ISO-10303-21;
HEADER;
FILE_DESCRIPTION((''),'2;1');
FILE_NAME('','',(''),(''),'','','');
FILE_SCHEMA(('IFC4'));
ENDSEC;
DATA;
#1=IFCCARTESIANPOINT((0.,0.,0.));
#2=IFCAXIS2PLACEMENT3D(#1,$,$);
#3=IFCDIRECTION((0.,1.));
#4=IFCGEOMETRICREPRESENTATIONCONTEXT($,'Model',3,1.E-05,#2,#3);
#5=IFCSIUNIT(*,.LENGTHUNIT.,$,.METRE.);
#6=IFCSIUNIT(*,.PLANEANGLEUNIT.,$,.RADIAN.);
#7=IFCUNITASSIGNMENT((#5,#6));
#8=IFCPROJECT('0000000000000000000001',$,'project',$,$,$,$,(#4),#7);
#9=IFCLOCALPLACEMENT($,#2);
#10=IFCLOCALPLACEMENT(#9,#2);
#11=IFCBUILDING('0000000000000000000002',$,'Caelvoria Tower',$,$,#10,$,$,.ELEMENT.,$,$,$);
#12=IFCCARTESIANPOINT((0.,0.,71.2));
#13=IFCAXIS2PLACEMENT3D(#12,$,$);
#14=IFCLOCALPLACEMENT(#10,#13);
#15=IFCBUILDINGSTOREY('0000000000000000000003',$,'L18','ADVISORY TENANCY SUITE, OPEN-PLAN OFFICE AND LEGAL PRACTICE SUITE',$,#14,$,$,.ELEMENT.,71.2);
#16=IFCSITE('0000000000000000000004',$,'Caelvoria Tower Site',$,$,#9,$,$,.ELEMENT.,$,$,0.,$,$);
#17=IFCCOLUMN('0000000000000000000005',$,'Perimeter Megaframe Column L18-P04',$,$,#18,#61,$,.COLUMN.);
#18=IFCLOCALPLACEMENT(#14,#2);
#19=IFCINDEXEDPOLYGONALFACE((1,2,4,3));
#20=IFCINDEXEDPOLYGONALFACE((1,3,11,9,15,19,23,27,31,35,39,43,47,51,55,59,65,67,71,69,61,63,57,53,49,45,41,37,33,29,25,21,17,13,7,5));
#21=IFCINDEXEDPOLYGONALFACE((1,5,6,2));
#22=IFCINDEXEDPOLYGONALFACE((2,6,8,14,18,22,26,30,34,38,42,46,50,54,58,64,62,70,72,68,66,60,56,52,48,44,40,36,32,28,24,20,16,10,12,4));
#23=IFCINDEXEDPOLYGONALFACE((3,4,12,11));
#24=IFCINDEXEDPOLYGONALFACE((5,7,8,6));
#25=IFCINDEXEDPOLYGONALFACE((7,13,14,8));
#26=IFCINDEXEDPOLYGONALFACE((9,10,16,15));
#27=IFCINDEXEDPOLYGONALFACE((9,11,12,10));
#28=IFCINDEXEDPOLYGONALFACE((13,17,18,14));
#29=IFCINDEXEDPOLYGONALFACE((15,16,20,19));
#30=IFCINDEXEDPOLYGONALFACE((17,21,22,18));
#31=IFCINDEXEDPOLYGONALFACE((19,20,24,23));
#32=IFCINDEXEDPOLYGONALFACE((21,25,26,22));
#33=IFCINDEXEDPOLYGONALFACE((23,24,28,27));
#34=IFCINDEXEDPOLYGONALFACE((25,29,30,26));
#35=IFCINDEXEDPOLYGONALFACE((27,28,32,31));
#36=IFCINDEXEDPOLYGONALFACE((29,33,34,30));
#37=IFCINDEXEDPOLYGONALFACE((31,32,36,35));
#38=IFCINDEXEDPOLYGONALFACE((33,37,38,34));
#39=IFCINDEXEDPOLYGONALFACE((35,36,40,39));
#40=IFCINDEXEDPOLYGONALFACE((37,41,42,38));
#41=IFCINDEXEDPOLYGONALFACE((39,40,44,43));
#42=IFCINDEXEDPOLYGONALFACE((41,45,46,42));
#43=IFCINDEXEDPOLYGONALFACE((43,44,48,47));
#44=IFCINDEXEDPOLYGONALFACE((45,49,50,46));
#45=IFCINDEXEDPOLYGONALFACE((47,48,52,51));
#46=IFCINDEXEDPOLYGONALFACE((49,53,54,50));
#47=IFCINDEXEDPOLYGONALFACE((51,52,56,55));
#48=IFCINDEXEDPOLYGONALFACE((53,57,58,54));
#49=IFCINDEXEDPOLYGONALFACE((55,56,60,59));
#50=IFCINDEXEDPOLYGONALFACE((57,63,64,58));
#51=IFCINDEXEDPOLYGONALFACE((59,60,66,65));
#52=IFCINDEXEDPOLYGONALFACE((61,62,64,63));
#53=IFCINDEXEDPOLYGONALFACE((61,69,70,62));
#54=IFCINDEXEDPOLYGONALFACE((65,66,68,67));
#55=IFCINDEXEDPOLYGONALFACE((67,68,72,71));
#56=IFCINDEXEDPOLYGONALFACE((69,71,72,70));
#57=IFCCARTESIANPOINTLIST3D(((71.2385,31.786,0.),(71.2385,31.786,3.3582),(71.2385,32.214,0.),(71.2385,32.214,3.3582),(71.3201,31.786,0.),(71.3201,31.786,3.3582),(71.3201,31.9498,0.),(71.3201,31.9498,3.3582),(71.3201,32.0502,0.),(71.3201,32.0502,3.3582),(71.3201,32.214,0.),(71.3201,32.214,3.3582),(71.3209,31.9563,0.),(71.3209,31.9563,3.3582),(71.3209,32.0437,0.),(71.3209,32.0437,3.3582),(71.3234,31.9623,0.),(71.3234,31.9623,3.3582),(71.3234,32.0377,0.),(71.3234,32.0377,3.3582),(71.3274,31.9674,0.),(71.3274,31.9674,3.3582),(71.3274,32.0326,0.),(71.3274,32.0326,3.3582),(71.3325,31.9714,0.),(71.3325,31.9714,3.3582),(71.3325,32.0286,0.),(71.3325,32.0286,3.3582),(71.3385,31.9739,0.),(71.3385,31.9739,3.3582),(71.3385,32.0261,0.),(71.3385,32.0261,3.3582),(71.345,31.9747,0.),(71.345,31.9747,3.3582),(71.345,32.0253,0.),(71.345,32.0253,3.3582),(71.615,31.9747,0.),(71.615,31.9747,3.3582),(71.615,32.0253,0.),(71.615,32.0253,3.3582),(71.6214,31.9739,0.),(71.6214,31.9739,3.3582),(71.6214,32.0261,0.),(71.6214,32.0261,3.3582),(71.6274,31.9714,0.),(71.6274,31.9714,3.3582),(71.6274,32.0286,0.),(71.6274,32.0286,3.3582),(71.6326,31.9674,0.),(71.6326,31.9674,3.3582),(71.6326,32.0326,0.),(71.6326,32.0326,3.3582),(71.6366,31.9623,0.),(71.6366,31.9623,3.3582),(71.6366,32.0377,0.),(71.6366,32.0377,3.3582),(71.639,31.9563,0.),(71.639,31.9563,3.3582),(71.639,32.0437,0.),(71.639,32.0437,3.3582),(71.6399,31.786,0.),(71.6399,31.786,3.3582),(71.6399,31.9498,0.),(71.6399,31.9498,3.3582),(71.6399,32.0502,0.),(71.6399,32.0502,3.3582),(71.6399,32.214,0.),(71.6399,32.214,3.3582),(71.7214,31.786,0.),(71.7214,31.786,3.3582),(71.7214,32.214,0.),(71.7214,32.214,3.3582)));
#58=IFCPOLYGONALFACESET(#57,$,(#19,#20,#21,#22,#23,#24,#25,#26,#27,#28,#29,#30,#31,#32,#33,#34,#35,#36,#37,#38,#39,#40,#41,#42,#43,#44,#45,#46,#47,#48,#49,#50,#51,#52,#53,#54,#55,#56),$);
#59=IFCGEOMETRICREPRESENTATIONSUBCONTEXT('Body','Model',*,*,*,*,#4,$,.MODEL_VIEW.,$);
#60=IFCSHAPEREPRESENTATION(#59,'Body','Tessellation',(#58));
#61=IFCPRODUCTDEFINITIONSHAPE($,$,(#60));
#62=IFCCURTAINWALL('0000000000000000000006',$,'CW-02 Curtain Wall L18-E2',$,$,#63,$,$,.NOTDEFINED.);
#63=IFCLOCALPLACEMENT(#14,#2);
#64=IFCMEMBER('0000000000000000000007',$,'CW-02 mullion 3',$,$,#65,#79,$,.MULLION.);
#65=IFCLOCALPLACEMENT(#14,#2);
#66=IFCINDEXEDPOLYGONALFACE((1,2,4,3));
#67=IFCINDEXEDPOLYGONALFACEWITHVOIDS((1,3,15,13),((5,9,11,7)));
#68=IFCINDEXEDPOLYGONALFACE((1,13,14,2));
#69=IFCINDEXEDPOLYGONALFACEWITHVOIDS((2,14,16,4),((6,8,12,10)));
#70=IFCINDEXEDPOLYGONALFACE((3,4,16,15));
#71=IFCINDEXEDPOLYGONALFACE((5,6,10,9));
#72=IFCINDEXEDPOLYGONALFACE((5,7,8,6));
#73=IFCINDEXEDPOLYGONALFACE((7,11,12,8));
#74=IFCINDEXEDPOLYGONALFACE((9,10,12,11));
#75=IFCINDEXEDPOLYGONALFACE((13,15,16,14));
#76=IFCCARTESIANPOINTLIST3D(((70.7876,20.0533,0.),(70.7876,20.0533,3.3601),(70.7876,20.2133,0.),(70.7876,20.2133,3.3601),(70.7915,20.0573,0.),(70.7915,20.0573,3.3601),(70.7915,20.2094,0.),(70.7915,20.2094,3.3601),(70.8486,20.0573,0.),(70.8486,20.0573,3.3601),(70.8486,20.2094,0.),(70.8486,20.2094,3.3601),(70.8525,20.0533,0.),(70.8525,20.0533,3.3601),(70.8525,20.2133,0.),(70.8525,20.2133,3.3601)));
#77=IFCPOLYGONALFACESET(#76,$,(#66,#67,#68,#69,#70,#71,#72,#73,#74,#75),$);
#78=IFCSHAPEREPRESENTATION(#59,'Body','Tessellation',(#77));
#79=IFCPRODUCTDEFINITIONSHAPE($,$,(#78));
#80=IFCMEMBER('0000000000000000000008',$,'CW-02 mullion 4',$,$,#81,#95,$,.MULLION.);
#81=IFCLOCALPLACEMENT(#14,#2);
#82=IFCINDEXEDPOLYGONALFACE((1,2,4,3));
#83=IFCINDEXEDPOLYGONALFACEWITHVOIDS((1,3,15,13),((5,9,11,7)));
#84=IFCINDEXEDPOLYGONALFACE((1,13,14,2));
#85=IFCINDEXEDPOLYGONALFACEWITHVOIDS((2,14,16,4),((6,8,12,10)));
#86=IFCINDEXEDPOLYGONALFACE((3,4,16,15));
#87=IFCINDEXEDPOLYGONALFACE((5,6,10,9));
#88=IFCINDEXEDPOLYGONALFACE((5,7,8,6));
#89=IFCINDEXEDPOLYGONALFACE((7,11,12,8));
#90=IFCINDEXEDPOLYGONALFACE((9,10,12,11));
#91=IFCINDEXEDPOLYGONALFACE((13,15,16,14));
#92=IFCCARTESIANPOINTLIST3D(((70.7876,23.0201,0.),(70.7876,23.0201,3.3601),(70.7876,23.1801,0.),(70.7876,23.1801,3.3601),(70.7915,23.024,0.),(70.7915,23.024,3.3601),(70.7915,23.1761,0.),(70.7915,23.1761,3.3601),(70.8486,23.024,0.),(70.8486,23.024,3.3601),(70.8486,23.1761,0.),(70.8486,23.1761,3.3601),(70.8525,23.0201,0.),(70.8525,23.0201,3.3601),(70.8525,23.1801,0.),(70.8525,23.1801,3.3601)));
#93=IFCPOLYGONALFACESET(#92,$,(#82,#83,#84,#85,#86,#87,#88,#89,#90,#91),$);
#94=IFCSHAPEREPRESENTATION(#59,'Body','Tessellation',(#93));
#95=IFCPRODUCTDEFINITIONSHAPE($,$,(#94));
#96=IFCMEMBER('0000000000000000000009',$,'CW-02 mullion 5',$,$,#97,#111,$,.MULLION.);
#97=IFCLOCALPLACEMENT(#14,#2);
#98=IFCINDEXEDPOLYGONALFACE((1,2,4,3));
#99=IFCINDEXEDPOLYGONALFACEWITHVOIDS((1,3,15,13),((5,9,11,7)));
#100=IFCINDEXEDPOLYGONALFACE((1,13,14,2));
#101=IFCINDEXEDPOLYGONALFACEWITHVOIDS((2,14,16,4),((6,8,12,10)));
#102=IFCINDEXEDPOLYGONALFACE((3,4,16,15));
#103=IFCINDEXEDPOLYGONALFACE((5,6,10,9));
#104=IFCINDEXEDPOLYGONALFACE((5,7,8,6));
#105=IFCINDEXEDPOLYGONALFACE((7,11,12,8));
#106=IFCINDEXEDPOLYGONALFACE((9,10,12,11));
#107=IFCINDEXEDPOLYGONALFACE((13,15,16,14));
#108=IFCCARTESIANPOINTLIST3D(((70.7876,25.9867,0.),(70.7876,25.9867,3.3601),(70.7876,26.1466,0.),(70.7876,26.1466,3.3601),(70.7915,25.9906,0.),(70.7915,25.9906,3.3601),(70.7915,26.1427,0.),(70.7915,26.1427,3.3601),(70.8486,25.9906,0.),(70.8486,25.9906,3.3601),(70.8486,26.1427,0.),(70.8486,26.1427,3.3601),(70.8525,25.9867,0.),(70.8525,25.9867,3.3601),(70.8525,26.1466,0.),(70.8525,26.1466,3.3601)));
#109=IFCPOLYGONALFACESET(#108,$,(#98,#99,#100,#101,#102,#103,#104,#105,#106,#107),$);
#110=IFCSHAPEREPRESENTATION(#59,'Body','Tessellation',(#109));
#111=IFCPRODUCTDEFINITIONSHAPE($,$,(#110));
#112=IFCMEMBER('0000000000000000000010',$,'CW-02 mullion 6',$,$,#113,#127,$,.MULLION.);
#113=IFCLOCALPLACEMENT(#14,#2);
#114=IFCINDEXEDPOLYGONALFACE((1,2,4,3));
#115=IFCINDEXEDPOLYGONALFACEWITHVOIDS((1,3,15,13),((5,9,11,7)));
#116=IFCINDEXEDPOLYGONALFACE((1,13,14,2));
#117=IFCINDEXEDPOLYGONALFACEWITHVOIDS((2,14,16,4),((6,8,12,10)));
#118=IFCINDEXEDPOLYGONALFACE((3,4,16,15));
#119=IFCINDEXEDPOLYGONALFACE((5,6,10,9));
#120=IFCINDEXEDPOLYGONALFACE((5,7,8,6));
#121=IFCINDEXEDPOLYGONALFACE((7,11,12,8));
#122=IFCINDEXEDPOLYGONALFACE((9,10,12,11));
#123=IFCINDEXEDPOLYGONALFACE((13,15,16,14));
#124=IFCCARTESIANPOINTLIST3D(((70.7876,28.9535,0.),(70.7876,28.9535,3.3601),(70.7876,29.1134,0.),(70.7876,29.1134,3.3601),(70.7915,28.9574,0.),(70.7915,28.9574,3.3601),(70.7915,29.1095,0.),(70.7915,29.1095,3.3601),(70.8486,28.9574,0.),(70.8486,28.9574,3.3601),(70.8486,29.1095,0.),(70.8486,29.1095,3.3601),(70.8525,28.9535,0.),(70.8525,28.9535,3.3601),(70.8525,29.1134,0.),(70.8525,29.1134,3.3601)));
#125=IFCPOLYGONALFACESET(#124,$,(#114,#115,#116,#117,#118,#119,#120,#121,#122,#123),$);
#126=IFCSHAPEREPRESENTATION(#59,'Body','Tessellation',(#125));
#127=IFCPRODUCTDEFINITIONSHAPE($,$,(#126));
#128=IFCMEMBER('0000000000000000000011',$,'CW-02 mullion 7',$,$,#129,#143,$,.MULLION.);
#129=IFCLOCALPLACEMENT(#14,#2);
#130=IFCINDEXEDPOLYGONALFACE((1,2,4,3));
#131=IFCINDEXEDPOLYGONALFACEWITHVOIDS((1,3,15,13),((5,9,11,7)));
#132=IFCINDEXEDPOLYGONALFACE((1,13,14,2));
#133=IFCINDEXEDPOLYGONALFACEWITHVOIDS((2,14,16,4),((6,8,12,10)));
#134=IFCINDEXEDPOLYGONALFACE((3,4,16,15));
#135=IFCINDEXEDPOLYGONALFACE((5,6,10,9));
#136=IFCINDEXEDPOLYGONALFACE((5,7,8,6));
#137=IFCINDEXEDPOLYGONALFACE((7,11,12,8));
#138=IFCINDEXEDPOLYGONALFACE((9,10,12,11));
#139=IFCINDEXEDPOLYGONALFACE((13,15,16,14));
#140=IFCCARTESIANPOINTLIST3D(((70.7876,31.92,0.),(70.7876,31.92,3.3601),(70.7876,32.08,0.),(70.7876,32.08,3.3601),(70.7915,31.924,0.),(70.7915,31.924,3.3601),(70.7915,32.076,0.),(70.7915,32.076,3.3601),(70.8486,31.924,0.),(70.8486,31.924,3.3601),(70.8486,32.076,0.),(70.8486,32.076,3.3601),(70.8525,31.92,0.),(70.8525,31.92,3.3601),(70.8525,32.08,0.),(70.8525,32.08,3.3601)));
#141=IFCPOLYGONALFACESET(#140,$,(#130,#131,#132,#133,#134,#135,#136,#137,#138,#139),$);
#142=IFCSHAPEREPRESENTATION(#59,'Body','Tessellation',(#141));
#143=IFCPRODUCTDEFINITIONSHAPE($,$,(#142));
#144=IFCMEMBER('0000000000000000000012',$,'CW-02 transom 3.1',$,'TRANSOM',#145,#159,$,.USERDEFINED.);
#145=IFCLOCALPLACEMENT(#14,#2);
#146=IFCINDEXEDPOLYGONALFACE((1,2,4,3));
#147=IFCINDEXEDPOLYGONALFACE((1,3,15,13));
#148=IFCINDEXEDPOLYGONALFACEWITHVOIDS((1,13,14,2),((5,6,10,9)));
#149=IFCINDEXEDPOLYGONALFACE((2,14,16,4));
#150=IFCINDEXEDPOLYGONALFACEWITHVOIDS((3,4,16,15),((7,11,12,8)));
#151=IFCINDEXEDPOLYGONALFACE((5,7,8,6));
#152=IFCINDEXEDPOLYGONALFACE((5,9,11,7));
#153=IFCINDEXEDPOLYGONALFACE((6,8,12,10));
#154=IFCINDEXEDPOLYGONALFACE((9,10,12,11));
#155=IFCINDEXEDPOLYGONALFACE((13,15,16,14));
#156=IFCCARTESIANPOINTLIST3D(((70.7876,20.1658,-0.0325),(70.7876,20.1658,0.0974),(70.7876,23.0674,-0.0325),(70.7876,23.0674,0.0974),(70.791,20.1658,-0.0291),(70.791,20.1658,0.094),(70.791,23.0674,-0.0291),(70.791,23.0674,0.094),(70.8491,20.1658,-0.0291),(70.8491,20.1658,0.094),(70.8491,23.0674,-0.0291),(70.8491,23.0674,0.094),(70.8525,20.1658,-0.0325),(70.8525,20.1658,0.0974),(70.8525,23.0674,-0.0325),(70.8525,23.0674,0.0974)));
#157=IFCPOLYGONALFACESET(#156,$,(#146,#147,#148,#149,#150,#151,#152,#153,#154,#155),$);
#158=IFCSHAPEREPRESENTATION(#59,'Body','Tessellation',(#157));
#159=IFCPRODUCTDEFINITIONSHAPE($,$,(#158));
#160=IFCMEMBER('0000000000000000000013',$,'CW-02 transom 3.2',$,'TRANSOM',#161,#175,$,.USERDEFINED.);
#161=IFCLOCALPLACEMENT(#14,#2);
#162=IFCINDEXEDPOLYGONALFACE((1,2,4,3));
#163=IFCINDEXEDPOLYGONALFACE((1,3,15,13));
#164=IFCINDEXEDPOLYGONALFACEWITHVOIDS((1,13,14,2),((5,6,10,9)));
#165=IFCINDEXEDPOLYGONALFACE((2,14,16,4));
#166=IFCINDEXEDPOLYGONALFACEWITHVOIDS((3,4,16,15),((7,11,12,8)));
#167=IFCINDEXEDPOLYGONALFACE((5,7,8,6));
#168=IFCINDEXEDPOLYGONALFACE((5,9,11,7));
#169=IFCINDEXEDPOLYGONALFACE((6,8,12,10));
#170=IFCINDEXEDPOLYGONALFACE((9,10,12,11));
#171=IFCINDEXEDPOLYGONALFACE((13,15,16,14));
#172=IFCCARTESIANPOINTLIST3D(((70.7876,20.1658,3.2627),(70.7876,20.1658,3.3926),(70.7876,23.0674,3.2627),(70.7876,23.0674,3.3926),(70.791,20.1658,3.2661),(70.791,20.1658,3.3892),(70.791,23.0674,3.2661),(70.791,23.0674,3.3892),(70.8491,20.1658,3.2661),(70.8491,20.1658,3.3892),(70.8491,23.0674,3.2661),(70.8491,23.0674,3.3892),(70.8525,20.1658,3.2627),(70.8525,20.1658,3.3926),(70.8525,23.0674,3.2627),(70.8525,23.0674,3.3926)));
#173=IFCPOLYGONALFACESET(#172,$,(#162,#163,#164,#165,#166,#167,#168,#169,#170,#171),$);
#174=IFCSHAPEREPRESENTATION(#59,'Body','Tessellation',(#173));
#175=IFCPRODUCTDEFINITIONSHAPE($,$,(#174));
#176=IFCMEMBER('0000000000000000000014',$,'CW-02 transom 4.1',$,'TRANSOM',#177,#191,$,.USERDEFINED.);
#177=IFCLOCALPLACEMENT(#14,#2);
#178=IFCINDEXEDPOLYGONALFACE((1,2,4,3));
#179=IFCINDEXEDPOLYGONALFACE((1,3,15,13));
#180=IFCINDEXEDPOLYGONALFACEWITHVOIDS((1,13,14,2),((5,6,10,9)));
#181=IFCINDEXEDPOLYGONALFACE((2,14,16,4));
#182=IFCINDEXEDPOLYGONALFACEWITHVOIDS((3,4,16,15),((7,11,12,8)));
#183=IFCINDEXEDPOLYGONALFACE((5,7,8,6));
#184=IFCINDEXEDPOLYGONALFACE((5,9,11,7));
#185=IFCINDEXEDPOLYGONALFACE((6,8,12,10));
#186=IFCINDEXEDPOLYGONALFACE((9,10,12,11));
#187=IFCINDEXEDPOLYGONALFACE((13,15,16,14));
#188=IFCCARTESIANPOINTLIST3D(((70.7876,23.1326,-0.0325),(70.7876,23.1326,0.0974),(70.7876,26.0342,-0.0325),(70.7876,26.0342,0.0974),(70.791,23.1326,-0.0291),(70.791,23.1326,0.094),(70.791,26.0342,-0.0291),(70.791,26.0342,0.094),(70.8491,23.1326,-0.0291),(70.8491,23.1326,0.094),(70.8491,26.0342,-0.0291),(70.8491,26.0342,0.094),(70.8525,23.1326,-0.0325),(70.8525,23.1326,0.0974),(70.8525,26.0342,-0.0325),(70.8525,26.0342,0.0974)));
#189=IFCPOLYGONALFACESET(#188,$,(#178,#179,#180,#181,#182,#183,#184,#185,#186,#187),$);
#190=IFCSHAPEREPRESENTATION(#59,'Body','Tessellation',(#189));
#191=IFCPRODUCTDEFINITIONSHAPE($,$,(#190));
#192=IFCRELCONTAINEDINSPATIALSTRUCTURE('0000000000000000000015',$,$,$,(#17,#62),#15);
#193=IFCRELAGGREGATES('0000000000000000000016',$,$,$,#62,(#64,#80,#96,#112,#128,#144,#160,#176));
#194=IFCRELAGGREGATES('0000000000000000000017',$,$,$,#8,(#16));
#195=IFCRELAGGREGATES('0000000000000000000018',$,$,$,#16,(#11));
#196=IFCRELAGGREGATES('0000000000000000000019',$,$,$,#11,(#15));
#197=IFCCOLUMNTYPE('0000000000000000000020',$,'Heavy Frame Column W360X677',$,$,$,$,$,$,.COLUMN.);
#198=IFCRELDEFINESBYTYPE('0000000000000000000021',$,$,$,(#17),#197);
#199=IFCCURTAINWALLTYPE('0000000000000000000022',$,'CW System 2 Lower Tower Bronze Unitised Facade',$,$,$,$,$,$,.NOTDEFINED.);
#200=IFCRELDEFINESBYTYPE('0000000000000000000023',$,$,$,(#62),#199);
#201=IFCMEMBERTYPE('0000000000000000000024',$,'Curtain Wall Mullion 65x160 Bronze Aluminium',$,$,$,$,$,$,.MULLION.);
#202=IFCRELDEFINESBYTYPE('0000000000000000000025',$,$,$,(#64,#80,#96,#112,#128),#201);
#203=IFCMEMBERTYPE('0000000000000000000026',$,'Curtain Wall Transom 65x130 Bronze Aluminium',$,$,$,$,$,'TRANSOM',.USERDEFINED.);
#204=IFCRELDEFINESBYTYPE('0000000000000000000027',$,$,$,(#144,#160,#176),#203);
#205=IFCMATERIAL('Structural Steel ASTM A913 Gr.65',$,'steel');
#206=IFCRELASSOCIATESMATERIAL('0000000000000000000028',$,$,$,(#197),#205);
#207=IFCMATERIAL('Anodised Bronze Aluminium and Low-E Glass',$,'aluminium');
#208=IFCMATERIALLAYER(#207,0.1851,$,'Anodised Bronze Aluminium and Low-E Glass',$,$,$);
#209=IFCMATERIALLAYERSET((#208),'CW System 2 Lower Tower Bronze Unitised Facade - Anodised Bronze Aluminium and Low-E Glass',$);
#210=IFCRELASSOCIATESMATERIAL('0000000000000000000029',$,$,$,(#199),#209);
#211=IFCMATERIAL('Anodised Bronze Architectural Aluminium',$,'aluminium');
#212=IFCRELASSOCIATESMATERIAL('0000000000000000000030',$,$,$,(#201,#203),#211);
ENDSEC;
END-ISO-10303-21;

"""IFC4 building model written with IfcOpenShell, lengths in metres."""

from ifc_helpers import new_model, si_unit, direction, frame, origin, origin_2d, place, context, subcontext, project, spatial, hollow_rectangle, i_section, extrude, material, layer, layer_set, material_profile, profile_set, type_object, element, aggregate, save


model = new_model("IFC4")

# Units and contexts
model_context = context("Model", 3, precision=1e-05, world=origin(), true_north=direction((0.0, 1.0)))
body_context = subcontext(model_context, "Body", "Model", "MODEL_VIEW")
ifc_project = project(units=[si_unit("LENGTHUNIT", "METRE"), si_unit("PLANEANGLEUNIT", "RADIAN")], contexts=[model_context])

# Site, building, storey
site_placement = place(None, origin())
site = spatial("IfcSite", under=ifc_project, at=site_placement, Name="Caelvoria Tower Site", CompositionType="ELEMENT", RefElevation=0.0)
building_placement = place(site_placement, origin())
building = spatial("IfcBuilding", under=site, at=building_placement, Name="Caelvoria Tower", CompositionType="ELEMENT")
storey_placement = place(building_placement, frame((0.0, 0.0, 71.2)))
storey = spatial("IfcBuildingStorey", under=building, at=storey_placement, Name="L18", Description="ADVISORY TENANCY SUITE, OPEN-PLAN OFFICE AND LEGAL PRACTICE SUITE", CompositionType="ELEMENT", Elevation=71.2)

# Column
ifc_material_1 = material(Name="Structural Steel ASTM A913 Gr.65", Category="steel")
ifc_material_profile_1 = material_profile(ifc_material_1, i_section(OverallWidth=0.428, OverallDepth=0.4829, WebThickness=0.0505, FlangeThickness=0.0815, FilletRadius=0.0249, at=origin_2d()), Name="Structural Steel ASTM A913 Gr.65")
ifc_profile_set_1 = profile_set([ifc_material_profile_1], Name="W360X677 - Structural Steel ASTM A913 Gr.65")
column_type = type_object("IfcColumnType", Name="Heavy Frame Column W360X677", PredefinedType="COLUMN", material=ifc_profile_set_1)
column_placement = place(storey_placement, frame((71.48, 32.0, 0.0), z_axis=(0.0, 0.0, 1.0), x_axis=(0.0, 1.0, 0.0)))
element("IfcColumn", 1, at=column_placement, inside=storey, type_object=column_type, Name="Perimeter Megaframe Column L18-P04", PredefinedType="COLUMN", context=body_context, shape_type="SweptSolid", body=[
    extrude(i_section(OverallWidth=0.428, OverallDepth=0.4829, WebThickness=0.0505, FlangeThickness=0.0815, FilletRadius=0.0249, at=origin_2d()), origin(), (0.0, 0.0, 1.0), 3.3582),
])

# Curtain wall, members
ifc_material_2 = material(Name="Anodised Bronze Aluminium and Low-E Glass", Category="aluminium")
ifc_layer_1 = layer(ifc_material_2, 0.1851, Name="Anodised Bronze Aluminium and Low-E Glass")
ifc_layer_set_1 = layer_set([ifc_layer_1], Name="CW System 2 Lower Tower Bronze Unitised Facade - Anodised Bronze Aluminium and Low-E Glass")
curtain_wall_type = type_object("IfcCurtainWallType", Name="CW System 2 Lower Tower Bronze Unitised Facade", PredefinedType="NOTDEFINED", material=ifc_layer_set_1)
curtain_wall_placement = place(storey_placement, origin())
curtain_wall = element("IfcCurtainWall", 2, at=curtain_wall_placement, inside=storey, type_object=curtain_wall_type, Name="CW-02 Curtain Wall L18-E2", PredefinedType="NOTDEFINED")
ifc_material_3 = material(Name="Anodised Bronze Architectural Aluminium", Category="aluminium")
ifc_material_profile_2 = material_profile(ifc_material_3, hollow_rectangle(XDim=0.0649, YDim=0.1599, WallThickness=0.0039, at=origin_2d()), Name="Anodised Bronze Architectural Aluminium")
ifc_profile_set_2 = profile_set([ifc_material_profile_2], Name="CW_MULL_65X160 - Anodised Bronze Architectural Aluminium")
member_type_1 = type_object("IfcMemberType", Name="Curtain Wall Mullion 65x160 Bronze Aluminium", PredefinedType="MULLION", material=ifc_profile_set_2)
member_1_placement = place(storey_placement, frame((70.8201, 20.1333, 0.0), z_axis=(0.0, 0.0, 1.0), x_axis=(-1.0, 0.0, 0.0)))
member_1 = element("IfcMember", 3, at=member_1_placement, type_object=member_type_1, Name="CW-02 mullion 3", PredefinedType="MULLION", context=body_context, shape_type="SweptSolid", body=[
    extrude(hollow_rectangle(XDim=0.0649, YDim=0.1599, WallThickness=0.0039, at=origin_2d()), origin(), (0.0, 0.0, 1.0), 3.3601),
])
member_2_placement = place(storey_placement, frame((70.8201, 23.1001, 0.0), z_axis=(0.0, 0.0, 1.0), x_axis=(-1.0, 0.0, 0.0)))
member_2 = element("IfcMember", 4, at=member_2_placement, type_object=member_type_1, Name="CW-02 mullion 4", PredefinedType="MULLION", context=body_context, shape_type="SweptSolid", body=[
    extrude(hollow_rectangle(XDim=0.0649, YDim=0.1599, WallThickness=0.0039, at=origin_2d()), origin(), (0.0, 0.0, 1.0), 3.3601),
])
member_3_placement = place(storey_placement, frame((70.8201, 26.0667, 0.0), z_axis=(0.0, 0.0, 1.0), x_axis=(-1.0, 0.0, 0.0)))
member_3 = element("IfcMember", 5, at=member_3_placement, type_object=member_type_1, Name="CW-02 mullion 5", PredefinedType="MULLION", context=body_context, shape_type="SweptSolid", body=[
    extrude(hollow_rectangle(XDim=0.0649, YDim=0.1599, WallThickness=0.0039, at=origin_2d()), origin(), (0.0, 0.0, 1.0), 3.3601),
])
member_4_placement = place(storey_placement, frame((70.8201, 29.0334, 0.0), z_axis=(0.0, 0.0, 1.0), x_axis=(-1.0, 0.0, 0.0)))
member_4 = element("IfcMember", 6, at=member_4_placement, type_object=member_type_1, Name="CW-02 mullion 6", PredefinedType="MULLION", context=body_context, shape_type="SweptSolid", body=[
    extrude(hollow_rectangle(XDim=0.0649, YDim=0.1599, WallThickness=0.0039, at=origin_2d()), origin(), (0.0, 0.0, 1.0), 3.3601),
])
member_5_placement = place(storey_placement, frame((70.8201, 32.0, 0.0), z_axis=(0.0, 0.0, 1.0), x_axis=(-1.0, 0.0, 0.0)))
member_5 = element("IfcMember", 7, at=member_5_placement, type_object=member_type_1, Name="CW-02 mullion 7", PredefinedType="MULLION", context=body_context, shape_type="SweptSolid", body=[
    extrude(hollow_rectangle(XDim=0.0649, YDim=0.1599, WallThickness=0.0039, at=origin_2d()), origin(), (0.0, 0.0, 1.0), 3.3601),
])
ifc_material_profile_3 = material_profile(ifc_material_3, hollow_rectangle(XDim=0.0649, YDim=0.1299, WallThickness=0.0034, at=origin_2d()), Name="Anodised Bronze Architectural Aluminium")
ifc_profile_set_3 = profile_set([ifc_material_profile_3], Name="CW_TRAN_65X130 - Anodised Bronze Architectural Aluminium")
member_type_2 = type_object("IfcMemberType", Name="Curtain Wall Transom 65x130 Bronze Aluminium", ElementType="TRANSOM", PredefinedType="USERDEFINED", material=ifc_profile_set_3)
member_6_placement = place(storey_placement, frame((70.8201, 20.1658, 0.0325), z_axis=(0.0, 1.0, 0.0), x_axis=(-1.0, 0.0, 0.0)))
member_6 = element("IfcMember", 8, at=member_6_placement, type_object=member_type_2, Name="CW-02 transom 3.1", ObjectType="TRANSOM", PredefinedType="USERDEFINED", context=body_context, shape_type="SweptSolid", body=[
    extrude(hollow_rectangle(XDim=0.0649, YDim=0.1299, WallThickness=0.0034, at=origin_2d()), origin(), (0.0, 0.0, 1.0), 2.9016),
])
member_7_placement = place(storey_placement, frame((70.8201, 20.1658, 3.3276), z_axis=(0.0, 1.0, 0.0), x_axis=(-1.0, 0.0, 0.0)))
member_7 = element("IfcMember", 9, at=member_7_placement, type_object=member_type_2, Name="CW-02 transom 3.2", ObjectType="TRANSOM", PredefinedType="USERDEFINED", context=body_context, shape_type="SweptSolid", body=[
    extrude(hollow_rectangle(XDim=0.0649, YDim=0.1299, WallThickness=0.0034, at=origin_2d()), origin(), (0.0, 0.0, 1.0), 2.9016),
])
member_8_placement = place(storey_placement, frame((70.8201, 23.1326, 0.0325), z_axis=(0.0, 1.0, 0.0), x_axis=(-1.0, 0.0, 0.0)))
member_8 = element("IfcMember", 10, at=member_8_placement, type_object=member_type_2, Name="CW-02 transom 4.1", ObjectType="TRANSOM", PredefinedType="USERDEFINED", context=body_context, shape_type="SweptSolid", body=[
    extrude(hollow_rectangle(XDim=0.0649, YDim=0.1299, WallThickness=0.0034, at=origin_2d()), origin(), (0.0, 0.0, 1.0), 2.9016),
])

aggregate(curtain_wall, [member_1, member_2, member_3, member_4, member_5, member_6, member_7, member_8])

save(model, "model.ifc")
